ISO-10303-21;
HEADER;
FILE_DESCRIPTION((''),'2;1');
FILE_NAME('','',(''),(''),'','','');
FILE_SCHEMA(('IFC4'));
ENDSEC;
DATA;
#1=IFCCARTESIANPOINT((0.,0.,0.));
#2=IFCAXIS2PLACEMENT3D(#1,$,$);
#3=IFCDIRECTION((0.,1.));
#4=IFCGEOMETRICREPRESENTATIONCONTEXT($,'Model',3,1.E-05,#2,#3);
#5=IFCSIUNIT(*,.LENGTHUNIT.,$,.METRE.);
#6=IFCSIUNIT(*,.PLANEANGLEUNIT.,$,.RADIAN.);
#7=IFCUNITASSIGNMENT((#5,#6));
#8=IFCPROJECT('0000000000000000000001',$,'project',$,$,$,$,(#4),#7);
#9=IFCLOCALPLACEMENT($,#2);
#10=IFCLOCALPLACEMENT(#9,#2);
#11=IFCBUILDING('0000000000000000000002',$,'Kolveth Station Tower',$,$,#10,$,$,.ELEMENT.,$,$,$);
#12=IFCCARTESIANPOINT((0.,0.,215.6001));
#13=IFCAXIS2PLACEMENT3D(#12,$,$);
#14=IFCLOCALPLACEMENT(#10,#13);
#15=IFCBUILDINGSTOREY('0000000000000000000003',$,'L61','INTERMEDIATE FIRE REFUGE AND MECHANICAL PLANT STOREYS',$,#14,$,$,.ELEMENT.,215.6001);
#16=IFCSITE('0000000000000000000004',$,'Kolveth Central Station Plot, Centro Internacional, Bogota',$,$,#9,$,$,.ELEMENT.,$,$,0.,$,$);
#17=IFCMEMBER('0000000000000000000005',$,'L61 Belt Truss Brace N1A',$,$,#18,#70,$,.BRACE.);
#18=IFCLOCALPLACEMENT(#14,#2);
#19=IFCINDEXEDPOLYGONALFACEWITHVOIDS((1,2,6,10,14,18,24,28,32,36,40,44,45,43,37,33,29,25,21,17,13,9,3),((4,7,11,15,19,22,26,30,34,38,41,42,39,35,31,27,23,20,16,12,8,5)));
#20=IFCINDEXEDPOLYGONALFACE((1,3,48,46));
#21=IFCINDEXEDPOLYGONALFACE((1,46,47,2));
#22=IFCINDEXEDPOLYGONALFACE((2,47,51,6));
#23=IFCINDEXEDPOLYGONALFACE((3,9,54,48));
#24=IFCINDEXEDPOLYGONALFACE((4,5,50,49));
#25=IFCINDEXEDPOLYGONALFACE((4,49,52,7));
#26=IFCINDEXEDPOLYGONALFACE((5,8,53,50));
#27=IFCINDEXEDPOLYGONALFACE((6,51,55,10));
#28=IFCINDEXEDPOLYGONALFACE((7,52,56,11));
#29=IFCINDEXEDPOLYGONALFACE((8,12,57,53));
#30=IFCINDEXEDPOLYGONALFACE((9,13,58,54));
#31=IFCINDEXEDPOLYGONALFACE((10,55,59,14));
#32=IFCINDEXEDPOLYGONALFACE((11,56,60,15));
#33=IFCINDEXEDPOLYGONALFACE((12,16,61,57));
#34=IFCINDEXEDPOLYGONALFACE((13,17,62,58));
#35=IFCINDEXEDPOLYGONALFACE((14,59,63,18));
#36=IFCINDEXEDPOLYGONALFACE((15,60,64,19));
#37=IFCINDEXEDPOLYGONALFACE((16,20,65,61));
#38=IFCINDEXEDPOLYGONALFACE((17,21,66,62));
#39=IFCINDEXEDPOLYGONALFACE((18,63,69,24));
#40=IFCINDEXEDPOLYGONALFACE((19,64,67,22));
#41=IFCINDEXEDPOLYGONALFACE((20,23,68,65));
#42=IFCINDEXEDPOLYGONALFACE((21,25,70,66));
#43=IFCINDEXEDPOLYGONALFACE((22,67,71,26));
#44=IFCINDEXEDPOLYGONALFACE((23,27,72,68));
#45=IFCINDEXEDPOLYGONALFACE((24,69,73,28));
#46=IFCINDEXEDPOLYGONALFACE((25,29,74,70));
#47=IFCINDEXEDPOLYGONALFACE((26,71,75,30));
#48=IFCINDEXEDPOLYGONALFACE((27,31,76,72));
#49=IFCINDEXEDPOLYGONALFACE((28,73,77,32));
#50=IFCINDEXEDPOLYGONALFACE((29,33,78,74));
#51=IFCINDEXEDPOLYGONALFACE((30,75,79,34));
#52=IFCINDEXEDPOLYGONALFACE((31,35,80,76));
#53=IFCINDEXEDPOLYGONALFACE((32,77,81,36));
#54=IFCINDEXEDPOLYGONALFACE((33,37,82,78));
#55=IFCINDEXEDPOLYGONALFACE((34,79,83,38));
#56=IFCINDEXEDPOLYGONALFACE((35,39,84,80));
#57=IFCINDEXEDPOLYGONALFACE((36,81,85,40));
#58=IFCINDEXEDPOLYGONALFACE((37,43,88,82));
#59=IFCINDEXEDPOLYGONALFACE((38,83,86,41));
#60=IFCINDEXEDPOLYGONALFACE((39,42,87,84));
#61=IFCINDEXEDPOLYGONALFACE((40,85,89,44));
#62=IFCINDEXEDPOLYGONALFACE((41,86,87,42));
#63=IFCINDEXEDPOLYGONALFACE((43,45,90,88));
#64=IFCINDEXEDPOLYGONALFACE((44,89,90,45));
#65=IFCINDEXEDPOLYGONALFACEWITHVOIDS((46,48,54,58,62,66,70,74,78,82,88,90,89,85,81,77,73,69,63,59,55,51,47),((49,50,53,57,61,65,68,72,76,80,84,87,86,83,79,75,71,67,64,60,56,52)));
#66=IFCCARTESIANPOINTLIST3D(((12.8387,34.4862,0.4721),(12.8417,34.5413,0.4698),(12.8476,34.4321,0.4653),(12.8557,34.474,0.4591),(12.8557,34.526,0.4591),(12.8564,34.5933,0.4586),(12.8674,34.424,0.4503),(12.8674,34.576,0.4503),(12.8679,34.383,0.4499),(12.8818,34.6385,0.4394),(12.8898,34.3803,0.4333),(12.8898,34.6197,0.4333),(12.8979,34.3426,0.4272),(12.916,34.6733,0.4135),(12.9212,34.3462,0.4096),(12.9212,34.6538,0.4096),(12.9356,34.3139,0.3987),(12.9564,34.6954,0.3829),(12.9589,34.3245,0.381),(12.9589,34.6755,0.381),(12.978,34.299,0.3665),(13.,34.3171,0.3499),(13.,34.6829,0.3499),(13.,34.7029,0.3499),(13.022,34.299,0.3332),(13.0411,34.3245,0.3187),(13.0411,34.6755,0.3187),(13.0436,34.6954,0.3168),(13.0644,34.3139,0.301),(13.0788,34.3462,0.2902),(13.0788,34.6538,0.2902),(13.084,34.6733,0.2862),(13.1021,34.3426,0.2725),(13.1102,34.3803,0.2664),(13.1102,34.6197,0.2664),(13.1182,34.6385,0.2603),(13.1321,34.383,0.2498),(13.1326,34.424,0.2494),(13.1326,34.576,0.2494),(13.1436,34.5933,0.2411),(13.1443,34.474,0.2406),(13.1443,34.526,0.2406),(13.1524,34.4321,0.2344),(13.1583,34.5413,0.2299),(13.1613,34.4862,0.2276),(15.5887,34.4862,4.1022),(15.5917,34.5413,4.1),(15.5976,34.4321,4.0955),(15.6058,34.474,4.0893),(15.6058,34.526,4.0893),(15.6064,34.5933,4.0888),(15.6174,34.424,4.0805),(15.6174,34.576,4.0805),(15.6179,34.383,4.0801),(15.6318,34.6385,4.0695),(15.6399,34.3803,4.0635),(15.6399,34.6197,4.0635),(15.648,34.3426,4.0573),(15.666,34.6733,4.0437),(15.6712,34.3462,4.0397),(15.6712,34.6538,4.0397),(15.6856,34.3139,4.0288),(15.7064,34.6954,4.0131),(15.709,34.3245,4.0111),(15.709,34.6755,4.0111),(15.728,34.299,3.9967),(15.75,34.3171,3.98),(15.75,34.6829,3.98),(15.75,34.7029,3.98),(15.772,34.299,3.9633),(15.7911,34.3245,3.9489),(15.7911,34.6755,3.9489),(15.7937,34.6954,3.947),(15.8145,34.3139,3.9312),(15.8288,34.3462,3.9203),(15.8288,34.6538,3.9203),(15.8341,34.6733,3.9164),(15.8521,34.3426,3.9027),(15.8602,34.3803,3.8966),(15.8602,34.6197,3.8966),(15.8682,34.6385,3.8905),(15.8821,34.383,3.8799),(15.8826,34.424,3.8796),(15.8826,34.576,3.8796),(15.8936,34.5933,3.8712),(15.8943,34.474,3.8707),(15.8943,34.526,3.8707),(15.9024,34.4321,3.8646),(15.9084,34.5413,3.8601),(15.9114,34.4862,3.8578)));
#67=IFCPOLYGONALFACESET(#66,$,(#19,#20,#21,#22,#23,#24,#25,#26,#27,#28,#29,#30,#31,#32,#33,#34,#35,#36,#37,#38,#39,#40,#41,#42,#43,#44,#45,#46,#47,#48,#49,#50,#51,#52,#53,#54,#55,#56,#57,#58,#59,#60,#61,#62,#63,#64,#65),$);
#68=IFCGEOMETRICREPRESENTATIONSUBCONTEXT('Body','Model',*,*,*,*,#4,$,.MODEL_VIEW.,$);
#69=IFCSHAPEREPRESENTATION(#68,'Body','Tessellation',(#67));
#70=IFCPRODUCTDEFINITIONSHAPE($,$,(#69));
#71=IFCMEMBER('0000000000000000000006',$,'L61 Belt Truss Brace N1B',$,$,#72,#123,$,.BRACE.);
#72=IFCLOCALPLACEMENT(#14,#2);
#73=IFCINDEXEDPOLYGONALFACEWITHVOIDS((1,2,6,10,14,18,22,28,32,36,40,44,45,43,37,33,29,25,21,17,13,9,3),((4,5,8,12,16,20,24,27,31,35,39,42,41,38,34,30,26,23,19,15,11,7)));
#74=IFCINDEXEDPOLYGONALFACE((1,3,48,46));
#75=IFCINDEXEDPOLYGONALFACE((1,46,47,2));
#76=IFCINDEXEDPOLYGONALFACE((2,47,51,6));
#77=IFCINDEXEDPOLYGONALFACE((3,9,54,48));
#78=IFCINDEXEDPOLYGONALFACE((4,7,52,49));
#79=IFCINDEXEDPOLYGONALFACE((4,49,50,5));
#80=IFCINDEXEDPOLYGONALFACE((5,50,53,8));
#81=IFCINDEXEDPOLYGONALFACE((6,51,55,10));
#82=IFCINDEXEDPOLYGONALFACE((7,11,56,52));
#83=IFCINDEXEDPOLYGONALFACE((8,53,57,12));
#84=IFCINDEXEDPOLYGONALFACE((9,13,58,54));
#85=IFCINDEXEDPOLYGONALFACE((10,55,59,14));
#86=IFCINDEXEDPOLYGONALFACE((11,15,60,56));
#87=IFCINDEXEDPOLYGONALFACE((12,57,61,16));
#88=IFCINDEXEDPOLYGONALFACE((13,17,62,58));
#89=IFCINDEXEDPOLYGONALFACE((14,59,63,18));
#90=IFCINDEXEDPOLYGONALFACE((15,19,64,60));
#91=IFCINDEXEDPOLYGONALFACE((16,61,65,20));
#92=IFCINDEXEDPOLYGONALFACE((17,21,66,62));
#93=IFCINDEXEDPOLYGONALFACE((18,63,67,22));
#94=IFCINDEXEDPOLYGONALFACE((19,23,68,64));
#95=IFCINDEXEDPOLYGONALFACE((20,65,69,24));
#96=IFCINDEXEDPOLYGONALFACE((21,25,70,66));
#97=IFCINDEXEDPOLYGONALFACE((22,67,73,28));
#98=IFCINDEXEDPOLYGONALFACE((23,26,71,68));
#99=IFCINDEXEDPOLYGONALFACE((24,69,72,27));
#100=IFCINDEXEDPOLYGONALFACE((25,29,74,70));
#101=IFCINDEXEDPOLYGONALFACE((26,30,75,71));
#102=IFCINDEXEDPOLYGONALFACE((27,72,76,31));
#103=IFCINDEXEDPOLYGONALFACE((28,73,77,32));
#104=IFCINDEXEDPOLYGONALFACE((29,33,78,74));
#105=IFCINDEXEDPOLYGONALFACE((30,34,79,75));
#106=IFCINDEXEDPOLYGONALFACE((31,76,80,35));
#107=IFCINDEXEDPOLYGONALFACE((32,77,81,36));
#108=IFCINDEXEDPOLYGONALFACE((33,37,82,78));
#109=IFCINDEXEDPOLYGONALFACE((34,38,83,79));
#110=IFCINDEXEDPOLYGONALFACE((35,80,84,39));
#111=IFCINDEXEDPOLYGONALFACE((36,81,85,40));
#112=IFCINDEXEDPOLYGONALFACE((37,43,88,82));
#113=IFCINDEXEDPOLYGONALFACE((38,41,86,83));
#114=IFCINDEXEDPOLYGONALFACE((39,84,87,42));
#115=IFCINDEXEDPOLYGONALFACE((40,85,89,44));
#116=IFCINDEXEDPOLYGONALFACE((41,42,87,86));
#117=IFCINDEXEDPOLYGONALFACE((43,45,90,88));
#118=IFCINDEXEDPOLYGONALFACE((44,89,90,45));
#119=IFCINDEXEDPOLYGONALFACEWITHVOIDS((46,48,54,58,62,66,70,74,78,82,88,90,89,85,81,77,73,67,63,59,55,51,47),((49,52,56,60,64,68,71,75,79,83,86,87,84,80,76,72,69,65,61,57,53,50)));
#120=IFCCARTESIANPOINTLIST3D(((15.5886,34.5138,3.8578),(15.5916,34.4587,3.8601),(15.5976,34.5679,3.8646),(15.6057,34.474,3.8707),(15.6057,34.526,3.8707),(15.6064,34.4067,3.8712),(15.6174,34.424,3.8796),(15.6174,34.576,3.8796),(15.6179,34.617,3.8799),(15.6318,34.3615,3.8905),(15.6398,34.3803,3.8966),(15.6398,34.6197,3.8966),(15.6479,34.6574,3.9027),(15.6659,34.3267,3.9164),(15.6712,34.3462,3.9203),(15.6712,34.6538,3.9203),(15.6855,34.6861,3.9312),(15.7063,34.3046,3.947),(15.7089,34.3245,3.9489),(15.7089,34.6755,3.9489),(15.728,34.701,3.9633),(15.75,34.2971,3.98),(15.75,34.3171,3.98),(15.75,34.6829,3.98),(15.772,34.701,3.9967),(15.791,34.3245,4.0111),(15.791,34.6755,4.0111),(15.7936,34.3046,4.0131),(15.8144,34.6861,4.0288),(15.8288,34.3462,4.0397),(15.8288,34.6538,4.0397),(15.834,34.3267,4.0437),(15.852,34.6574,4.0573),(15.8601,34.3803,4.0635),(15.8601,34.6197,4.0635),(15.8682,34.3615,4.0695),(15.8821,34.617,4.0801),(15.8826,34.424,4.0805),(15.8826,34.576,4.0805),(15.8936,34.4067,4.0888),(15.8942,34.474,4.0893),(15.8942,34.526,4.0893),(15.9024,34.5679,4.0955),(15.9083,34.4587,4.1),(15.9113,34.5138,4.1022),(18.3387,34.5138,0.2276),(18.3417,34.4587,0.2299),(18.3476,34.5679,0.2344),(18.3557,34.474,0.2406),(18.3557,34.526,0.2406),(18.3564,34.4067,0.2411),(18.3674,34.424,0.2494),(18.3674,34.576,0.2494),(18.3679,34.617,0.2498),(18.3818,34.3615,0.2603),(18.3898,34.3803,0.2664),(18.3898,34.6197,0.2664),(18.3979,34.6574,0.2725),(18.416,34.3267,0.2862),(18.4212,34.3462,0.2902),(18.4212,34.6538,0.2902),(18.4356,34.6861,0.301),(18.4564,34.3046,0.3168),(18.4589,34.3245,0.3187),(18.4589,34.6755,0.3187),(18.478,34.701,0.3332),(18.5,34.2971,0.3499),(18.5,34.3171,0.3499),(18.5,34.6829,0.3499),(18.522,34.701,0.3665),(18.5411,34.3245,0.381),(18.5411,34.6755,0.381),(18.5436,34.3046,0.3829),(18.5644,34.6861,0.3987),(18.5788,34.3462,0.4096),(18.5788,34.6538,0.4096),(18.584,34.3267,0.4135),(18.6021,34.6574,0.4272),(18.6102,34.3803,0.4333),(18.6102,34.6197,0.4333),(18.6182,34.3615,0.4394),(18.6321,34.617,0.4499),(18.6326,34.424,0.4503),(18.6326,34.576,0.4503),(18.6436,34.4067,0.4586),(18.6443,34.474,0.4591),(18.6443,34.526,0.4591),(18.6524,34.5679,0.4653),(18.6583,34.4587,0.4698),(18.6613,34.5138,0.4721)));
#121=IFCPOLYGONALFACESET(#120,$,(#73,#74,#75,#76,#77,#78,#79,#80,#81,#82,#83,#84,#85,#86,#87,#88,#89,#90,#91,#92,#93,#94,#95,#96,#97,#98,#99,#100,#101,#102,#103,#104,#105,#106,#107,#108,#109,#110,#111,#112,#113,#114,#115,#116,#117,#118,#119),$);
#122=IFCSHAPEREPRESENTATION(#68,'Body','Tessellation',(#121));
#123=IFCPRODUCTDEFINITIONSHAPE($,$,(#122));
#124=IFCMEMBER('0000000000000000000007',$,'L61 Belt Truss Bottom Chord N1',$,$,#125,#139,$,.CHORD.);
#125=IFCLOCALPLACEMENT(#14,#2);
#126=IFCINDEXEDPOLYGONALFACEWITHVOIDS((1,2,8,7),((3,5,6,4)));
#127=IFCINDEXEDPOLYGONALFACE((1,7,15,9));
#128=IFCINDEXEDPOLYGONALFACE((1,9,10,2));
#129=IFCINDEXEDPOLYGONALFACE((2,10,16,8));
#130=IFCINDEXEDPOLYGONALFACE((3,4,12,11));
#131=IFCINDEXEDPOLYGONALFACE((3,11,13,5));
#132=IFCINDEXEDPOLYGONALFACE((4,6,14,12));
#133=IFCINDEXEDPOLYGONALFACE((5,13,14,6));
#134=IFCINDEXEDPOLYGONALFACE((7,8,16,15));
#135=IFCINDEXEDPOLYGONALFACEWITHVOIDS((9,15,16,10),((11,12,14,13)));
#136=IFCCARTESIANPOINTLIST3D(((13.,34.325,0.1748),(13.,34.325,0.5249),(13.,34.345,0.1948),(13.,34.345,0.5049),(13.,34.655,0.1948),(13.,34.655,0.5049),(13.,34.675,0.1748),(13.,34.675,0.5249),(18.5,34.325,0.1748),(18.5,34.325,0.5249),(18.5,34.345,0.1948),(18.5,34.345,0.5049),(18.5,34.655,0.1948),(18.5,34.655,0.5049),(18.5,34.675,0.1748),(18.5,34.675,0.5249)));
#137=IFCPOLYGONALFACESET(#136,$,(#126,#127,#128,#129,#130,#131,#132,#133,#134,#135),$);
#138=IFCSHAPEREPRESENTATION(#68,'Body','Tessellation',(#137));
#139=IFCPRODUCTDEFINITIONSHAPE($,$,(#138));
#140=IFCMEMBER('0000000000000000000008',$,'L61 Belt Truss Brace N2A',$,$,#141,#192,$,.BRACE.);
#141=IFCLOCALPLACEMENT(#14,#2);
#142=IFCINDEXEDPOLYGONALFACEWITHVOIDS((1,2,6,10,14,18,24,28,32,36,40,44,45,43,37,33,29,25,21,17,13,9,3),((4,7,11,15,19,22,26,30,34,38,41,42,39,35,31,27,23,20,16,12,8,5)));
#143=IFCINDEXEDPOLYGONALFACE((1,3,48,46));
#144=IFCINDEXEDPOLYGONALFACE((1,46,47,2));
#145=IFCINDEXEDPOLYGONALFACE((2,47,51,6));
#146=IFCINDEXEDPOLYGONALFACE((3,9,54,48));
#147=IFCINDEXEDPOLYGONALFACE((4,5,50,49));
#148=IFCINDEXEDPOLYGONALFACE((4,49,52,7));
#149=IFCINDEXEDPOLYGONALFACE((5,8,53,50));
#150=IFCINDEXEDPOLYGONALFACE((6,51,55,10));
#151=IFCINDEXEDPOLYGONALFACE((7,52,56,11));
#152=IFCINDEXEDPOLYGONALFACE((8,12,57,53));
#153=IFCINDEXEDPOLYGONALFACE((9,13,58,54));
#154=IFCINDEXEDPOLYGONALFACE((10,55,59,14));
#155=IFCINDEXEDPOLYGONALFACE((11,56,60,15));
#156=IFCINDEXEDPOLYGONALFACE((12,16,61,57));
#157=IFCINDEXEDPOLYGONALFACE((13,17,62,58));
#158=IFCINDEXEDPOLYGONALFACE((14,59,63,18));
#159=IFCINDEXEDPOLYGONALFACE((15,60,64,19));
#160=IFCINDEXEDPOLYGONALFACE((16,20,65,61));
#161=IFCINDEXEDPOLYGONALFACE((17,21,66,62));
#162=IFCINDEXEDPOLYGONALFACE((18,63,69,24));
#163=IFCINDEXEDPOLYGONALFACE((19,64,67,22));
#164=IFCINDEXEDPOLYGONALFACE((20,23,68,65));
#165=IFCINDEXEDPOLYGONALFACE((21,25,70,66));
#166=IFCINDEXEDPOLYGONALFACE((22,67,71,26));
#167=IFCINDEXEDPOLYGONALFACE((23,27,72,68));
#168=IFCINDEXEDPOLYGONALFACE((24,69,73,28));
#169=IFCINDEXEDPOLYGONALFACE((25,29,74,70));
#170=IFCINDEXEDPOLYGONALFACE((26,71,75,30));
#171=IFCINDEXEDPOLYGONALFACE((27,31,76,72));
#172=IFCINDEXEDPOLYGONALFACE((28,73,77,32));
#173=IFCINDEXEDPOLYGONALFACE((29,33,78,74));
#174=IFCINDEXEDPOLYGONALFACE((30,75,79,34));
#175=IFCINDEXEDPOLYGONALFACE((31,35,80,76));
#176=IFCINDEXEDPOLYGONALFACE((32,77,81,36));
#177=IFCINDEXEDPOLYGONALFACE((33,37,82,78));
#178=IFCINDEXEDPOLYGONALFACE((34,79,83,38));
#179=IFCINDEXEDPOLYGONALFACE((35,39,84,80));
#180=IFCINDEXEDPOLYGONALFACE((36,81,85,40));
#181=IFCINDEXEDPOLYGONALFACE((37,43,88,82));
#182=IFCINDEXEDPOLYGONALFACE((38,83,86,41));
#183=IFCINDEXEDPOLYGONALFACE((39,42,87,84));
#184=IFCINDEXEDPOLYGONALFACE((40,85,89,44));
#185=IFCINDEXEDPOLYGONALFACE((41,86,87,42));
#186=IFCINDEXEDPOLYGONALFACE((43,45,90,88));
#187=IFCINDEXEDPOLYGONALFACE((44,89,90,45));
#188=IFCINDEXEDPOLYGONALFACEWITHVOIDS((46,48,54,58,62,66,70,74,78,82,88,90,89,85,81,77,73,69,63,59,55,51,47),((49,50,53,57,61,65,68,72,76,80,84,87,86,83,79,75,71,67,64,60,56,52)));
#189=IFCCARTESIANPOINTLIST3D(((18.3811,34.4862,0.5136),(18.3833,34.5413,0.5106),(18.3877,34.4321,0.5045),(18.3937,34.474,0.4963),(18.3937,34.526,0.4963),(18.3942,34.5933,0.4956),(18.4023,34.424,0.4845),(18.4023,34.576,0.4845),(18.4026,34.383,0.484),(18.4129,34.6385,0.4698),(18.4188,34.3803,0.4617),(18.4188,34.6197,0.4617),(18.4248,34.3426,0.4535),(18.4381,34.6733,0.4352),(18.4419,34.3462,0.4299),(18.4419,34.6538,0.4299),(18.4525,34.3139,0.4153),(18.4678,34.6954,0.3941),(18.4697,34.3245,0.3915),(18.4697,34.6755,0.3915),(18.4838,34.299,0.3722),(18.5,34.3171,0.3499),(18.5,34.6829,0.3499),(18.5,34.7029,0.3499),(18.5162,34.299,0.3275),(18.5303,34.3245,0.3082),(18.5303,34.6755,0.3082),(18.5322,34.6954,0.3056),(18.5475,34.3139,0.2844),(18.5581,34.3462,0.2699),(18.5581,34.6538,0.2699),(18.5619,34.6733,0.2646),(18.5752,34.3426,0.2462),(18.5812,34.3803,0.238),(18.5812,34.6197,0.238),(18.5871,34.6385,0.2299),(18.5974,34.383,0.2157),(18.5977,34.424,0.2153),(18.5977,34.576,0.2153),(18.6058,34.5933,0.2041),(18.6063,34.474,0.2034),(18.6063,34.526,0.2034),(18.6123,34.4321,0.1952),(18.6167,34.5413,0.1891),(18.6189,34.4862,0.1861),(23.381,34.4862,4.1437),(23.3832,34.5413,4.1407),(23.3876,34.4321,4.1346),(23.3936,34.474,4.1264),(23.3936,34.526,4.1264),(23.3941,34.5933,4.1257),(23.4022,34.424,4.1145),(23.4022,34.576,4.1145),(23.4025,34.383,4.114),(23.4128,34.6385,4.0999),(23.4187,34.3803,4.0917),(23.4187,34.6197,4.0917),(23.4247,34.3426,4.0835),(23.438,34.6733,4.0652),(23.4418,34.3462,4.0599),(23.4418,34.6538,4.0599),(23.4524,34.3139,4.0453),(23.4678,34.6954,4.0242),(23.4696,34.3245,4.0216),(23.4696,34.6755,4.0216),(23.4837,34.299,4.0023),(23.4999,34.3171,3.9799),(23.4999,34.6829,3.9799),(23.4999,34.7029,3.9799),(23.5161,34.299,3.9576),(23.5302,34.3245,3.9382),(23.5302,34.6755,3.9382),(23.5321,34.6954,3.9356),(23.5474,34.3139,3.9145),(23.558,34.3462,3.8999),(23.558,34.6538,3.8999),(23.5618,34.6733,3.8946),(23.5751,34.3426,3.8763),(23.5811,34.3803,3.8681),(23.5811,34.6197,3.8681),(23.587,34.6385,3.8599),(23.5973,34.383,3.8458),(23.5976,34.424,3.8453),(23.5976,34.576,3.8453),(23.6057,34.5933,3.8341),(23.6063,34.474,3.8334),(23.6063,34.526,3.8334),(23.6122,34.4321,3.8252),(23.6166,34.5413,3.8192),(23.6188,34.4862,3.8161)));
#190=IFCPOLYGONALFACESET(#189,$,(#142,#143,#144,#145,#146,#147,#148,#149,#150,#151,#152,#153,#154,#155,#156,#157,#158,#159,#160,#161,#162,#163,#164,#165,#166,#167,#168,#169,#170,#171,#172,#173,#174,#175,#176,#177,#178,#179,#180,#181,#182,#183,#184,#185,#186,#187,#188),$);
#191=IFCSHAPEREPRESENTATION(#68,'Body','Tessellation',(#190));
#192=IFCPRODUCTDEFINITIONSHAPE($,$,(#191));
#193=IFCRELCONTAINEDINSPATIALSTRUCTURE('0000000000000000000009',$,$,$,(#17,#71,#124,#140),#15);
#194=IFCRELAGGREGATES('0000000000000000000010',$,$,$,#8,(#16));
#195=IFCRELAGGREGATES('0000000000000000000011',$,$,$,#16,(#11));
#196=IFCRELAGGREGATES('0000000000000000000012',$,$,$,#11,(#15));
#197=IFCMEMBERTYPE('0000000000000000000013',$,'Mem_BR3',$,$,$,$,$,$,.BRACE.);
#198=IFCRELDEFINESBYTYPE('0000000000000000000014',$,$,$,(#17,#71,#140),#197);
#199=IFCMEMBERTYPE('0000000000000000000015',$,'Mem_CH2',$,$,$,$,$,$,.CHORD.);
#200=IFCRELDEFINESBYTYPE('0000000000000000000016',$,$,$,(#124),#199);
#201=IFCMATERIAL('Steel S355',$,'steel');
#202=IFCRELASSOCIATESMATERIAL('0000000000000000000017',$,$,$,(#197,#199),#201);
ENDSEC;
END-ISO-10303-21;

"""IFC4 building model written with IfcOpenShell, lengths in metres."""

from ifc_helpers import new_model, si_unit, direction, frame, origin, origin_2d, place, context, subcontext, project, spatial, hollow_rectangle, hollow_circle, extrude, source, transform, mapped, material, material_profile, profile_set, type_object, element, save


model = new_model("IFC4")

# Units and contexts
model_context = context("Model", 3, precision=1e-05, world=origin(), true_north=direction((0.0, 1.0)))
body_context = subcontext(model_context, "Body", "Model", "MODEL_VIEW")
ifc_project = project(units=[si_unit("LENGTHUNIT", "METRE"), si_unit("PLANEANGLEUNIT", "RADIAN")], contexts=[model_context])

# Site, building, storey
site_placement = place(None, origin())
site = spatial("IfcSite", under=ifc_project, at=site_placement, Name="Kolveth Central Station Plot, Centro Internacional, Bogota", CompositionType="ELEMENT", RefElevation=0.0)
building_placement = place(site_placement, origin())
building = spatial("IfcBuilding", under=site, at=building_placement, Name="Kolveth Station Tower", CompositionType="ELEMENT")
storey_placement = place(building_placement, frame((0.0, 0.0, 215.6001)))
storey = spatial("IfcBuildingStorey", under=building, at=storey_placement, Name="L61", Description="INTERMEDIATE FIRE REFUGE AND MECHANICAL PLANT STOREYS", CompositionType="ELEMENT", Elevation=215.6001)

# Shared definitions
ifc_material_1 = material(Name="Steel S355", Category="steel")

# Members
ifc_material_profile_1 = material_profile(ifc_material_1, hollow_circle(Radius=0.2029, WallThickness=0.02, at=origin_2d()), Name="CHS406x20")
ifc_profile_set_1 = profile_set([ifc_material_profile_1], Name="Steel S355")
member_type_1 = type_object("IfcMemberType", Name="Mem_BR3", PredefinedType="BRACE", material=ifc_profile_set_1)
shared_shape_1 = source(origin(), body_context, "Body", "SweptSolid", [
    extrude(hollow_circle(Radius=0.2029, WallThickness=0.02, at=origin_2d()), origin(), (0.0, 0.0, 1.0), 4.5542),
])
for number, where, z_axis, x_axis, name in (
    (1, (13.0, 34.5, 0.3499), (0.603844, 0.0, 0.797102), (0.0, 1.0, 0.0), "L61 Belt Truss Brace N1A"),
    (2, (18.5, 34.5, 0.3499), (-0.603844, 0.0, 0.797102), (0.0, -1.0, 0.0), "L61 Belt Truss Brace N1B"),
):
    element("IfcMember", number, at=place(storey_placement, frame(where, z_axis=z_axis, x_axis=x_axis)), inside=storey, type_object=member_type_1, Name=name, PredefinedType="BRACE", context=body_context, shape_type="MappedRepresentation", body=[
        mapped(shared_shape_1, transform((0.0, 0.0, 0.0), x_axis=(1.0, 0.0, 0.0), y_axis=(0.0, 1.0, 0.0), z_axis=(0.0, 0.0, 1.0), scale=1.0)),
    ])
ifc_material_profile_2 = material_profile(ifc_material_1, hollow_rectangle(XDim=0.3501, YDim=0.3501, WallThickness=0.02, at=origin_2d()), Name="HSS350x350x20")
ifc_profile_set_2 = profile_set([ifc_material_profile_2], Name="Steel S355")
member_type_2 = type_object("IfcMemberType", Name="Mem_CH2", PredefinedType="CHORD", material=ifc_profile_set_2)
shared_shape_2 = source(origin(), body_context, "Body", "SweptSolid", [
    extrude(hollow_rectangle(XDim=0.3501, YDim=0.3501, WallThickness=0.02, at=origin_2d()), origin(), (0.0, 0.0, 1.0), 5.5),
])
member_1_placement = place(storey_placement, frame((13.0, 34.5, 0.3499), z_axis=(1.0, 0.0, 0.0), x_axis=(0.0, 1.0, 0.0)))
element("IfcMember", 3, at=member_1_placement, inside=storey, type_object=member_type_2, Name="L61 Belt Truss Bottom Chord N1", PredefinedType="CHORD", context=body_context, shape_type="MappedRepresentation", body=[
    mapped(shared_shape_2, transform((0.0, 0.0, 0.0), x_axis=(1.0, 0.0, 0.0), y_axis=(0.0, 1.0, 0.0), z_axis=(0.0, 0.0, 1.0), scale=1.0)),
])
shared_shape_3 = source(origin(), body_context, "Body", "SweptSolid", [
    extrude(hollow_circle(Radius=0.2029, WallThickness=0.02, at=origin_2d()), origin(), (0.0, 0.0, 1.0), 6.1787),
])
member_2_placement = place(storey_placement, frame((18.5, 34.5, 0.3499), z_axis=(0.809216, 0.0, 0.587511), x_axis=(0.0, 1.0, 0.0)))
element("IfcMember", 4, at=member_2_placement, inside=storey, type_object=member_type_1, Name="L61 Belt Truss Brace N2A", PredefinedType="BRACE", context=body_context, shape_type="MappedRepresentation", body=[
    mapped(shared_shape_3, transform((0.0, 0.0, 0.0), x_axis=(1.0, 0.0, 0.0), y_axis=(0.0, 1.0, 0.0), z_axis=(0.0, 0.0, 1.0), scale=1.0)),
])

save(model, "model.ifc")
